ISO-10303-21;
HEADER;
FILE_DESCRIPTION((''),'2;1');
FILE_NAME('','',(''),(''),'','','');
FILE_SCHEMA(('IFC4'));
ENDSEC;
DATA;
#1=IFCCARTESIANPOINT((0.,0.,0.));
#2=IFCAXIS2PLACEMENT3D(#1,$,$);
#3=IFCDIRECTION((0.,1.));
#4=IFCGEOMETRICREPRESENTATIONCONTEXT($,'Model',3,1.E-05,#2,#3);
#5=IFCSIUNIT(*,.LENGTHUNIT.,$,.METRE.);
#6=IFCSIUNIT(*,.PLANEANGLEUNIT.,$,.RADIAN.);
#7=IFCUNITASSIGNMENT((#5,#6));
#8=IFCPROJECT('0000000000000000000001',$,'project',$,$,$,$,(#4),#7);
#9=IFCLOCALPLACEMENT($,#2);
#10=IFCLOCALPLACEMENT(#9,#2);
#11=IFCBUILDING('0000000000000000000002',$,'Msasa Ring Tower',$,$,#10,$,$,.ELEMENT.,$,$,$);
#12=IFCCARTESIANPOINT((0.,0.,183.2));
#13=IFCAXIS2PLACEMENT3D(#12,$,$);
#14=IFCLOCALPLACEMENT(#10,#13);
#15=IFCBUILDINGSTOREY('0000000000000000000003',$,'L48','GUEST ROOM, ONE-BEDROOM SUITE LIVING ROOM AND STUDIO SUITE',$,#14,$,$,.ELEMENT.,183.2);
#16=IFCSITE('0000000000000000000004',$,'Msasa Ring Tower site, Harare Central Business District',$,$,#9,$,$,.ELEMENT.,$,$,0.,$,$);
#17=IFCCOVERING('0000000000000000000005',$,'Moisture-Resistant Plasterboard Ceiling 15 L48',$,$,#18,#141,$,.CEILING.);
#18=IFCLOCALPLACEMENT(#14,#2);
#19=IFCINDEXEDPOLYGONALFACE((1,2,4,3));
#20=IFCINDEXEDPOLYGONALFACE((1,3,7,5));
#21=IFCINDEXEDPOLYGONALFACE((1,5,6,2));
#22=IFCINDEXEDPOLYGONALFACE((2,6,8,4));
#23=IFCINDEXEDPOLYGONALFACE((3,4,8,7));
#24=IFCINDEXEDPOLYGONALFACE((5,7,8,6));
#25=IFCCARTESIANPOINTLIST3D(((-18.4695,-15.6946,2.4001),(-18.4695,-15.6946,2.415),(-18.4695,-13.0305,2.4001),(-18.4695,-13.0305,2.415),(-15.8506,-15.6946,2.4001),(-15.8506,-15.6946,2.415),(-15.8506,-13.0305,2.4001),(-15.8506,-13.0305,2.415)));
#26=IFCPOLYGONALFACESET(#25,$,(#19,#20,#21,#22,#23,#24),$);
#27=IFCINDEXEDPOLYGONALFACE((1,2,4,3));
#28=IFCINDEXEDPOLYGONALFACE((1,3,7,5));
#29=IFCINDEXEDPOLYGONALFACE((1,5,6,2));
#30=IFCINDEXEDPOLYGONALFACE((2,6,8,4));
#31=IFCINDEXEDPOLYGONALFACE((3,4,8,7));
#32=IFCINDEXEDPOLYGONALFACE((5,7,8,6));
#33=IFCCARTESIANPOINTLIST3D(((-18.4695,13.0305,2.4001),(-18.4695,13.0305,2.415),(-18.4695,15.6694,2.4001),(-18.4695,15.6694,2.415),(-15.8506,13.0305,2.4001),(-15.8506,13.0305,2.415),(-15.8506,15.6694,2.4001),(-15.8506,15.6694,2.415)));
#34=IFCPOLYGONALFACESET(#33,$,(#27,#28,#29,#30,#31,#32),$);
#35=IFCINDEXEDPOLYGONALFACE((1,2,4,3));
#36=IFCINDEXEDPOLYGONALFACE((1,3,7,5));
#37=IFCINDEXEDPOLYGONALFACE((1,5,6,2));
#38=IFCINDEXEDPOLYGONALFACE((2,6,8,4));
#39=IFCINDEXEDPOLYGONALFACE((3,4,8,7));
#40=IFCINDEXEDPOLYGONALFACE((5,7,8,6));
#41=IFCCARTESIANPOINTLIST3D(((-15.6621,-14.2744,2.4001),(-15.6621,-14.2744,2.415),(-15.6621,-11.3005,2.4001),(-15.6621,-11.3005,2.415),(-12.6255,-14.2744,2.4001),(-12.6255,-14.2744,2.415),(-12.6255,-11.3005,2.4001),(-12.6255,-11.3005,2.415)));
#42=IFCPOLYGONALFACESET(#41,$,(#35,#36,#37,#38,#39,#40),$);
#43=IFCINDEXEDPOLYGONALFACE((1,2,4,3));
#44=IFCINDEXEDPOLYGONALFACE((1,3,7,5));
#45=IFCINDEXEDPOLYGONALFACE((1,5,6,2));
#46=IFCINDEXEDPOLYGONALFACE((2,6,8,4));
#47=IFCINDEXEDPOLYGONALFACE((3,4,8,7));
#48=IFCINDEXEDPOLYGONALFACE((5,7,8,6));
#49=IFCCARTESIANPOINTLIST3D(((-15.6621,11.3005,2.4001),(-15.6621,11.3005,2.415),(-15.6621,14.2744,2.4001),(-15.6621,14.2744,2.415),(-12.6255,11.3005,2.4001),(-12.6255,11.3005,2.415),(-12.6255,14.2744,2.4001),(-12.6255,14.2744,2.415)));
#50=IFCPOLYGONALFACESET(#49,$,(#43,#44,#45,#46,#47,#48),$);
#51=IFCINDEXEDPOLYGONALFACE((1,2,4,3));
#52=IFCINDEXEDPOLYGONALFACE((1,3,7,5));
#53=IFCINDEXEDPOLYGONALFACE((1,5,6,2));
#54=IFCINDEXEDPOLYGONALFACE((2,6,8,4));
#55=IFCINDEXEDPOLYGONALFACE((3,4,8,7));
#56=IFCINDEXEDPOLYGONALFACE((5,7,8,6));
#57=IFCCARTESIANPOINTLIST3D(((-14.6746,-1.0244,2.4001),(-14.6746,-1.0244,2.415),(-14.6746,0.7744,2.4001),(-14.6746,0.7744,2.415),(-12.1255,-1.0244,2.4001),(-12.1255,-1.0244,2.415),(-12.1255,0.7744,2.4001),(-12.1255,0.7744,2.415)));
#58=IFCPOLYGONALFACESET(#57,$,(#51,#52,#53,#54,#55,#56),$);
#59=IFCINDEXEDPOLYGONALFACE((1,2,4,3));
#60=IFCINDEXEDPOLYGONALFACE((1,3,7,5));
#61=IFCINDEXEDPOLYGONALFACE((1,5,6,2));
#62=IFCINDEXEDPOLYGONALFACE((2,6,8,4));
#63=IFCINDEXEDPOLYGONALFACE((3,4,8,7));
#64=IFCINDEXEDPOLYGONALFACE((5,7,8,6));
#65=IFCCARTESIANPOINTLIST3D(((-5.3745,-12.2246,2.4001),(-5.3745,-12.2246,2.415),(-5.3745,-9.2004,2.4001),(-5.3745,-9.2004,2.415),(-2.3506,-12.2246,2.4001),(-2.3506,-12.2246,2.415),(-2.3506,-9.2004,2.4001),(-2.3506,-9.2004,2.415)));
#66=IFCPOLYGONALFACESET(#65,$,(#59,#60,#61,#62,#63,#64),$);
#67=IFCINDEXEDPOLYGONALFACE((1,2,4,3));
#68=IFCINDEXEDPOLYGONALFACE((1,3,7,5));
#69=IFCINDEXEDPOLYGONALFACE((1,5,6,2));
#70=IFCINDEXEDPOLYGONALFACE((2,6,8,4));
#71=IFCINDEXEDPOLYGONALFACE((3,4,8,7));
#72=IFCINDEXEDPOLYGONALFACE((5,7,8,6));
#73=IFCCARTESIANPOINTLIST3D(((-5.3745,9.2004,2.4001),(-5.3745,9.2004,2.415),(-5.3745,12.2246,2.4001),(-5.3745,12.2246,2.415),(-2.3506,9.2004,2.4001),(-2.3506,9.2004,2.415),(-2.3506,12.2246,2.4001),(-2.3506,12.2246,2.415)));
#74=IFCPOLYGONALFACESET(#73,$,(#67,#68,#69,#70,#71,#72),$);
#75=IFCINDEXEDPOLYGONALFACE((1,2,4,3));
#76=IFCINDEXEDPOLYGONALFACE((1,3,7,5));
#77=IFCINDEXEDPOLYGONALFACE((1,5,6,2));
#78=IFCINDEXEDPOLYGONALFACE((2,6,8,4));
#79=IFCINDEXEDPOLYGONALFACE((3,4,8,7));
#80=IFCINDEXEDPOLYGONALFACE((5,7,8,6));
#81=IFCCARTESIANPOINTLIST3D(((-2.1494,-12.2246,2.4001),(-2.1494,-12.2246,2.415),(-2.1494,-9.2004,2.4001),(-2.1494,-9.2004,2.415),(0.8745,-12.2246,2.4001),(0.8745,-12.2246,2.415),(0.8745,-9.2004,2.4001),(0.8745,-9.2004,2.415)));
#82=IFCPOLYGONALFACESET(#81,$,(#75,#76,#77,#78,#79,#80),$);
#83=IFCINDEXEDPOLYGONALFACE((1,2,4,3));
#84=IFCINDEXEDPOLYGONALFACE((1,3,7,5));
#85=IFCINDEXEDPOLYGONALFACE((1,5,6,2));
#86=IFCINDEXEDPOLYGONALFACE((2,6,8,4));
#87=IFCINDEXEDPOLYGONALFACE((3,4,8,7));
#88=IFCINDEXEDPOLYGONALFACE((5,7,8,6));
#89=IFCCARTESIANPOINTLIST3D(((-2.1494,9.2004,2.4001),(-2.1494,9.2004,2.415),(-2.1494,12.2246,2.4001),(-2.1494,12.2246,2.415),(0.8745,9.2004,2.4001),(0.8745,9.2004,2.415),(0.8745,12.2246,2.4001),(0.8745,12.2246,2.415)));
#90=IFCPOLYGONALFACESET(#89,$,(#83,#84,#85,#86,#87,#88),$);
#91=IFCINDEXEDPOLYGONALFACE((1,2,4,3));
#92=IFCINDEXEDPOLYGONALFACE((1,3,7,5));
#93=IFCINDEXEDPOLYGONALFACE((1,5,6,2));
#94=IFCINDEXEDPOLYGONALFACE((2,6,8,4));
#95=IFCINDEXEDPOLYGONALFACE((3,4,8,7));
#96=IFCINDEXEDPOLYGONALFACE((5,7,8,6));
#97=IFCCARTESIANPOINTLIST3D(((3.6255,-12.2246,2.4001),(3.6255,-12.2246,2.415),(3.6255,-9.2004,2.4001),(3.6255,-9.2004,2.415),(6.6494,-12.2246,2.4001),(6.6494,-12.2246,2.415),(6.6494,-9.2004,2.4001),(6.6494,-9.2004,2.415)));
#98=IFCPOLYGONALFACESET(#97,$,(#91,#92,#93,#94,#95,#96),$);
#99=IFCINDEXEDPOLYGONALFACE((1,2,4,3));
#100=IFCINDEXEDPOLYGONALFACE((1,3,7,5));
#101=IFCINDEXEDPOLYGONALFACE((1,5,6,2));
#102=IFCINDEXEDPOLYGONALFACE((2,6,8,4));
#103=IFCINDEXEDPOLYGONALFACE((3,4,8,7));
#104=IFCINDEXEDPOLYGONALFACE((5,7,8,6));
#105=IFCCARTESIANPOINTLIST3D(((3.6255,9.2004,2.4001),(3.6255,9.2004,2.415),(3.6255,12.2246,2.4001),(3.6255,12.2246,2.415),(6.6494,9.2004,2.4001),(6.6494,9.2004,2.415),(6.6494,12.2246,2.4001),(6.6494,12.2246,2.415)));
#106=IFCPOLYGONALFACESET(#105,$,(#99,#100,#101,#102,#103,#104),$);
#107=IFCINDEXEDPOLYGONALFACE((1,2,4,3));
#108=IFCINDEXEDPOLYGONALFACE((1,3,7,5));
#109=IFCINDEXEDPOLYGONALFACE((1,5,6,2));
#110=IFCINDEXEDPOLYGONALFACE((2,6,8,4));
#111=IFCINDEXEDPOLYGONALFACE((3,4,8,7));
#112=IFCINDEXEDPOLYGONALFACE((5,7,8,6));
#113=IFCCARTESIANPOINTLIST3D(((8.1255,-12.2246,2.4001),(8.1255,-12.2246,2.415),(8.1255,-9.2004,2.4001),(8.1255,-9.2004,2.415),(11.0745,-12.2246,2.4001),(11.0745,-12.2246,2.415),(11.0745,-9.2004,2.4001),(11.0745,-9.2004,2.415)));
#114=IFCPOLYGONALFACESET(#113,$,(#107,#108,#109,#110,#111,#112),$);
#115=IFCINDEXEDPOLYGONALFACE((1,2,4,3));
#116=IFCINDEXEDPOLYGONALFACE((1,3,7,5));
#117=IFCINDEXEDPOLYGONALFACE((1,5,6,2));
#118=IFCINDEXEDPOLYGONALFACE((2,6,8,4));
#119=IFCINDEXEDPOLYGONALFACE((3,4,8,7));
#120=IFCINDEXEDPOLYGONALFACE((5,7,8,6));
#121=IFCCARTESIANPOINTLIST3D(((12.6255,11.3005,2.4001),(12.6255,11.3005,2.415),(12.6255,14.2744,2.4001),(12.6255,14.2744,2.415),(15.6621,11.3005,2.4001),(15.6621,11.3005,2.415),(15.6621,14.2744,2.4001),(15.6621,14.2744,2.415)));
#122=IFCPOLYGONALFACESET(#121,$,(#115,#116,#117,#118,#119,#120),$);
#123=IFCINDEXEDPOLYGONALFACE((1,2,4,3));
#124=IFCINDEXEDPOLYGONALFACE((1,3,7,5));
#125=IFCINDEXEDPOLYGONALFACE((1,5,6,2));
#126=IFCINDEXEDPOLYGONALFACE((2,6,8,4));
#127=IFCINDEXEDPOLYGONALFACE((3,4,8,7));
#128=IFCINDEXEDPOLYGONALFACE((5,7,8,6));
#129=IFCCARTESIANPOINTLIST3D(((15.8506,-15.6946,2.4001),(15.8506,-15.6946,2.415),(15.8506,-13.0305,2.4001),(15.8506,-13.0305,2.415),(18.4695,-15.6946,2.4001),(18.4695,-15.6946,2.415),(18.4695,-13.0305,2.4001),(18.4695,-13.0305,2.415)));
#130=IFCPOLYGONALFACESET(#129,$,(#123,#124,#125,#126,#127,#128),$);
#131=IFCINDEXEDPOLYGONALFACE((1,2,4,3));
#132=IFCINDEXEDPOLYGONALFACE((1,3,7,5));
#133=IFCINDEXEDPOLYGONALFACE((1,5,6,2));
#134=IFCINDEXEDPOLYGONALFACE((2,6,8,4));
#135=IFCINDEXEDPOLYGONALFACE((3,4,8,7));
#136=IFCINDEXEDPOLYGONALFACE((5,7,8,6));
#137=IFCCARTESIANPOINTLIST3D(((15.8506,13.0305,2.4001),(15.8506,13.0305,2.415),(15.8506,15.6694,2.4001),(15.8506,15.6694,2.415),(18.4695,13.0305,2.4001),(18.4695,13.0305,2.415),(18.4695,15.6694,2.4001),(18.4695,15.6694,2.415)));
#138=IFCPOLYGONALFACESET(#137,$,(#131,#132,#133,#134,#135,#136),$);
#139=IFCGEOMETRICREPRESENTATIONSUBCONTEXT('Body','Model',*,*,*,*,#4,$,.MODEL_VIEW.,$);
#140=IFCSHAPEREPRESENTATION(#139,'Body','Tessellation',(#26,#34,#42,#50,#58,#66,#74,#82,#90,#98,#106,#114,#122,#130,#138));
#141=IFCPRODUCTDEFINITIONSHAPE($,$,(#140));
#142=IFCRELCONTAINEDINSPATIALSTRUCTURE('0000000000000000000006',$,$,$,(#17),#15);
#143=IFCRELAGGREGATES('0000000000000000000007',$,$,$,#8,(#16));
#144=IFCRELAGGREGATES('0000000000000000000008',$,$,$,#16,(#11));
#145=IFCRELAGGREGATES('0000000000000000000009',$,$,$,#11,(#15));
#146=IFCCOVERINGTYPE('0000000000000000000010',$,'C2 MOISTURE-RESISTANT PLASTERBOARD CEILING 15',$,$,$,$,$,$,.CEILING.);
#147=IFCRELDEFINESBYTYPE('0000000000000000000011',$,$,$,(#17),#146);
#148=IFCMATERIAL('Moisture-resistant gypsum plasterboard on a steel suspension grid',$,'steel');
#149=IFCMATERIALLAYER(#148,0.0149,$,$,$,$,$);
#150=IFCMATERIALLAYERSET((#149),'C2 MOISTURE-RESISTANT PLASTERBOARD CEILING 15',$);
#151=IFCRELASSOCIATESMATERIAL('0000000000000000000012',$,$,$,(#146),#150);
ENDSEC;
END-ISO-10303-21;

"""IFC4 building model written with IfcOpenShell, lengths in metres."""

from ifc_helpers import new_model, si_unit, direction, frame, origin, place, context, subcontext, project, spatial, line, indexed_curve, outline, extrude, material, layer, layer_set, type_object, element, save


model = new_model("IFC4")

# Units and contexts
model_context = context("Model", 3, precision=1e-05, world=origin(), true_north=direction((0.0, 1.0)))
body_context = subcontext(model_context, "Body", "Model", "MODEL_VIEW")
ifc_project = project(units=[si_unit("LENGTHUNIT", "METRE"), si_unit("PLANEANGLEUNIT", "RADIAN")], contexts=[model_context])

# Site, building, storey
site_placement = place(None, origin())
site = spatial("IfcSite", under=ifc_project, at=site_placement, Name="Msasa Ring Tower site, Harare Central Business District", CompositionType="ELEMENT", RefElevation=0.0)
building_placement = place(site_placement, origin())
building = spatial("IfcBuilding", under=site, at=building_placement, Name="Msasa Ring Tower", CompositionType="ELEMENT")
storey_placement = place(building_placement, frame((0.0, 0.0, 183.2)))
storey = spatial("IfcBuildingStorey", under=building, at=storey_placement, Name="L48", Description="GUEST ROOM, ONE-BEDROOM SUITE LIVING ROOM AND STUDIO SUITE", CompositionType="ELEMENT", Elevation=183.2)

# Covering
ifc_material_1 = material(Name="Moisture-resistant gypsum plasterboard on a steel suspension grid", Category="steel")
ifc_layer_1 = layer(ifc_material_1, 0.0149)
ifc_layer_set_1 = layer_set([ifc_layer_1], Name="C2 MOISTURE-RESISTANT PLASTERBOARD CEILING 15")
covering_type_1 = type_object("IfcCoveringType", Name="C2 MOISTURE-RESISTANT PLASTERBOARD CEILING 15", PredefinedType="CEILING", material=ifc_layer_set_1)
covering_1_placement = place(storey_placement, frame((0.0, 0.0, 2.4001)))
element("IfcCovering", 1, at=covering_1_placement, inside=storey, type_object=covering_type_1, Name="Moisture-Resistant Plasterboard Ceiling 15 L48", PredefinedType="CEILING", context=body_context, shape_type="SweptSolid", body=[
    extrude(outline(indexed_curve([(-18.4695, -15.6946), (-18.4695, -13.0305), (-15.8506, -13.0305), (-15.8506, -15.6946)], segments=[line(1, 2, 3, 4, 1)], self_intersect=False)), origin(), (0.0, 0.0, 1.0), 0.0149),
    extrude(outline(indexed_curve([(-18.4695, 15.6694), (-15.8506, 15.6694), (-15.8506, 13.0305), (-18.4695, 13.0305)], segments=[line(1, 2, 3, 4, 1)], self_intersect=False)), origin(), (0.0, 0.0, 1.0), 0.0149),
    extrude(outline(indexed_curve([(-12.6255, -11.3005), (-12.6255, -14.2744), (-15.6621, -14.2744), (-15.6621, -11.3005)], segments=[line(1, 2, 3, 4, 1)], self_intersect=False)), origin(), (0.0, 0.0, 1.0), 0.0149),
    extrude(outline(indexed_curve([(-15.6621, 11.3005), (-15.6621, 14.2744), (-12.6255, 14.2744), (-12.6255, 11.3005)], segments=[line(1, 2, 3, 4, 1)], self_intersect=False)), origin(), (0.0, 0.0, 1.0), 0.0149),
    extrude(outline(indexed_curve([(-14.6746, 0.7744), (-12.1255, 0.7744), (-12.1255, -1.0244), (-14.6746, -1.0244)], segments=[line(1, 2, 3, 4, 1)], self_intersect=False)), origin(), (0.0, 0.0, 1.0), 0.0149),
    extrude(outline(indexed_curve([(-2.3506, -9.2004), (-2.3506, -12.2246), (-5.3745, -12.2246), (-5.3745, -9.2004)], segments=[line(1, 2, 3, 4, 1)], self_intersect=False)), origin(), (0.0, 0.0, 1.0), 0.0149),
    extrude(outline(indexed_curve([(-2.3506, 9.2004), (-5.3745, 9.2004), (-5.3745, 12.2246), (-2.3506, 12.2246)], segments=[line(1, 2, 3, 4, 1)], self_intersect=False)), origin(), (0.0, 0.0, 1.0), 0.0149),
    extrude(outline(indexed_curve([(-2.1494, -9.2004), (0.8745, -9.2004), (0.8745, -12.2246), (-2.1494, -12.2246)], segments=[line(1, 2, 3, 4, 1)], self_intersect=False)), origin(), (0.0, 0.0, 1.0), 0.0149),
    extrude(outline(indexed_curve([(-2.1494, 12.2246), (0.8745, 12.2246), (0.8745, 9.2004), (-2.1494, 9.2004)], segments=[line(1, 2, 3, 4, 1)], self_intersect=False)), origin(), (0.0, 0.0, 1.0), 0.0149),
    extrude(outline(indexed_curve([(6.6494, -9.2004), (6.6494, -12.2246), (3.6255, -12.2246), (3.6255, -9.2004)], segments=[line(1, 2, 3, 4, 1)], self_intersect=False)), origin(), (0.0, 0.0, 1.0), 0.0149),
    extrude(outline(indexed_curve([(6.6494, 9.2004), (3.6255, 9.2004), (3.6255, 12.2246), (6.6494, 12.2246)], segments=[line(1, 2, 3, 4, 1)], self_intersect=False)), origin(), (0.0, 0.0, 1.0), 0.0149),
    extrude(outline(indexed_curve([(11.0745, -9.2004), (11.0745, -12.2246), (8.1255, -12.2246), (8.1255, -9.2004)], segments=[line(1, 2, 3, 4, 1)], self_intersect=False)), origin(), (0.0, 0.0, 1.0), 0.0149),
    extrude(outline(indexed_curve([(12.6255, 11.3005), (12.6255, 14.2744), (15.6621, 14.2744), (15.6621, 11.3005)], segments=[line(1, 2, 3, 4, 1)], self_intersect=False)), origin(), (0.0, 0.0, 1.0), 0.0149),
    extrude(outline(indexed_curve([(15.8506, -13.0305), (18.4695, -13.0305), (18.4695, -15.6946), (15.8506, -15.6946)], segments=[line(1, 2, 3, 4, 1)], self_intersect=False)), origin(), (0.0, 0.0, 1.0), 0.0149),
    extrude(outline(indexed_curve([(15.8506, 15.6694), (18.4695, 15.6694), (18.4695, 13.0305), (15.8506, 13.0305)], segments=[line(1, 2, 3, 4, 1)], self_intersect=False)), origin(), (0.0, 0.0, 1.0), 0.0149),
])

save(model, "model.ifc")
